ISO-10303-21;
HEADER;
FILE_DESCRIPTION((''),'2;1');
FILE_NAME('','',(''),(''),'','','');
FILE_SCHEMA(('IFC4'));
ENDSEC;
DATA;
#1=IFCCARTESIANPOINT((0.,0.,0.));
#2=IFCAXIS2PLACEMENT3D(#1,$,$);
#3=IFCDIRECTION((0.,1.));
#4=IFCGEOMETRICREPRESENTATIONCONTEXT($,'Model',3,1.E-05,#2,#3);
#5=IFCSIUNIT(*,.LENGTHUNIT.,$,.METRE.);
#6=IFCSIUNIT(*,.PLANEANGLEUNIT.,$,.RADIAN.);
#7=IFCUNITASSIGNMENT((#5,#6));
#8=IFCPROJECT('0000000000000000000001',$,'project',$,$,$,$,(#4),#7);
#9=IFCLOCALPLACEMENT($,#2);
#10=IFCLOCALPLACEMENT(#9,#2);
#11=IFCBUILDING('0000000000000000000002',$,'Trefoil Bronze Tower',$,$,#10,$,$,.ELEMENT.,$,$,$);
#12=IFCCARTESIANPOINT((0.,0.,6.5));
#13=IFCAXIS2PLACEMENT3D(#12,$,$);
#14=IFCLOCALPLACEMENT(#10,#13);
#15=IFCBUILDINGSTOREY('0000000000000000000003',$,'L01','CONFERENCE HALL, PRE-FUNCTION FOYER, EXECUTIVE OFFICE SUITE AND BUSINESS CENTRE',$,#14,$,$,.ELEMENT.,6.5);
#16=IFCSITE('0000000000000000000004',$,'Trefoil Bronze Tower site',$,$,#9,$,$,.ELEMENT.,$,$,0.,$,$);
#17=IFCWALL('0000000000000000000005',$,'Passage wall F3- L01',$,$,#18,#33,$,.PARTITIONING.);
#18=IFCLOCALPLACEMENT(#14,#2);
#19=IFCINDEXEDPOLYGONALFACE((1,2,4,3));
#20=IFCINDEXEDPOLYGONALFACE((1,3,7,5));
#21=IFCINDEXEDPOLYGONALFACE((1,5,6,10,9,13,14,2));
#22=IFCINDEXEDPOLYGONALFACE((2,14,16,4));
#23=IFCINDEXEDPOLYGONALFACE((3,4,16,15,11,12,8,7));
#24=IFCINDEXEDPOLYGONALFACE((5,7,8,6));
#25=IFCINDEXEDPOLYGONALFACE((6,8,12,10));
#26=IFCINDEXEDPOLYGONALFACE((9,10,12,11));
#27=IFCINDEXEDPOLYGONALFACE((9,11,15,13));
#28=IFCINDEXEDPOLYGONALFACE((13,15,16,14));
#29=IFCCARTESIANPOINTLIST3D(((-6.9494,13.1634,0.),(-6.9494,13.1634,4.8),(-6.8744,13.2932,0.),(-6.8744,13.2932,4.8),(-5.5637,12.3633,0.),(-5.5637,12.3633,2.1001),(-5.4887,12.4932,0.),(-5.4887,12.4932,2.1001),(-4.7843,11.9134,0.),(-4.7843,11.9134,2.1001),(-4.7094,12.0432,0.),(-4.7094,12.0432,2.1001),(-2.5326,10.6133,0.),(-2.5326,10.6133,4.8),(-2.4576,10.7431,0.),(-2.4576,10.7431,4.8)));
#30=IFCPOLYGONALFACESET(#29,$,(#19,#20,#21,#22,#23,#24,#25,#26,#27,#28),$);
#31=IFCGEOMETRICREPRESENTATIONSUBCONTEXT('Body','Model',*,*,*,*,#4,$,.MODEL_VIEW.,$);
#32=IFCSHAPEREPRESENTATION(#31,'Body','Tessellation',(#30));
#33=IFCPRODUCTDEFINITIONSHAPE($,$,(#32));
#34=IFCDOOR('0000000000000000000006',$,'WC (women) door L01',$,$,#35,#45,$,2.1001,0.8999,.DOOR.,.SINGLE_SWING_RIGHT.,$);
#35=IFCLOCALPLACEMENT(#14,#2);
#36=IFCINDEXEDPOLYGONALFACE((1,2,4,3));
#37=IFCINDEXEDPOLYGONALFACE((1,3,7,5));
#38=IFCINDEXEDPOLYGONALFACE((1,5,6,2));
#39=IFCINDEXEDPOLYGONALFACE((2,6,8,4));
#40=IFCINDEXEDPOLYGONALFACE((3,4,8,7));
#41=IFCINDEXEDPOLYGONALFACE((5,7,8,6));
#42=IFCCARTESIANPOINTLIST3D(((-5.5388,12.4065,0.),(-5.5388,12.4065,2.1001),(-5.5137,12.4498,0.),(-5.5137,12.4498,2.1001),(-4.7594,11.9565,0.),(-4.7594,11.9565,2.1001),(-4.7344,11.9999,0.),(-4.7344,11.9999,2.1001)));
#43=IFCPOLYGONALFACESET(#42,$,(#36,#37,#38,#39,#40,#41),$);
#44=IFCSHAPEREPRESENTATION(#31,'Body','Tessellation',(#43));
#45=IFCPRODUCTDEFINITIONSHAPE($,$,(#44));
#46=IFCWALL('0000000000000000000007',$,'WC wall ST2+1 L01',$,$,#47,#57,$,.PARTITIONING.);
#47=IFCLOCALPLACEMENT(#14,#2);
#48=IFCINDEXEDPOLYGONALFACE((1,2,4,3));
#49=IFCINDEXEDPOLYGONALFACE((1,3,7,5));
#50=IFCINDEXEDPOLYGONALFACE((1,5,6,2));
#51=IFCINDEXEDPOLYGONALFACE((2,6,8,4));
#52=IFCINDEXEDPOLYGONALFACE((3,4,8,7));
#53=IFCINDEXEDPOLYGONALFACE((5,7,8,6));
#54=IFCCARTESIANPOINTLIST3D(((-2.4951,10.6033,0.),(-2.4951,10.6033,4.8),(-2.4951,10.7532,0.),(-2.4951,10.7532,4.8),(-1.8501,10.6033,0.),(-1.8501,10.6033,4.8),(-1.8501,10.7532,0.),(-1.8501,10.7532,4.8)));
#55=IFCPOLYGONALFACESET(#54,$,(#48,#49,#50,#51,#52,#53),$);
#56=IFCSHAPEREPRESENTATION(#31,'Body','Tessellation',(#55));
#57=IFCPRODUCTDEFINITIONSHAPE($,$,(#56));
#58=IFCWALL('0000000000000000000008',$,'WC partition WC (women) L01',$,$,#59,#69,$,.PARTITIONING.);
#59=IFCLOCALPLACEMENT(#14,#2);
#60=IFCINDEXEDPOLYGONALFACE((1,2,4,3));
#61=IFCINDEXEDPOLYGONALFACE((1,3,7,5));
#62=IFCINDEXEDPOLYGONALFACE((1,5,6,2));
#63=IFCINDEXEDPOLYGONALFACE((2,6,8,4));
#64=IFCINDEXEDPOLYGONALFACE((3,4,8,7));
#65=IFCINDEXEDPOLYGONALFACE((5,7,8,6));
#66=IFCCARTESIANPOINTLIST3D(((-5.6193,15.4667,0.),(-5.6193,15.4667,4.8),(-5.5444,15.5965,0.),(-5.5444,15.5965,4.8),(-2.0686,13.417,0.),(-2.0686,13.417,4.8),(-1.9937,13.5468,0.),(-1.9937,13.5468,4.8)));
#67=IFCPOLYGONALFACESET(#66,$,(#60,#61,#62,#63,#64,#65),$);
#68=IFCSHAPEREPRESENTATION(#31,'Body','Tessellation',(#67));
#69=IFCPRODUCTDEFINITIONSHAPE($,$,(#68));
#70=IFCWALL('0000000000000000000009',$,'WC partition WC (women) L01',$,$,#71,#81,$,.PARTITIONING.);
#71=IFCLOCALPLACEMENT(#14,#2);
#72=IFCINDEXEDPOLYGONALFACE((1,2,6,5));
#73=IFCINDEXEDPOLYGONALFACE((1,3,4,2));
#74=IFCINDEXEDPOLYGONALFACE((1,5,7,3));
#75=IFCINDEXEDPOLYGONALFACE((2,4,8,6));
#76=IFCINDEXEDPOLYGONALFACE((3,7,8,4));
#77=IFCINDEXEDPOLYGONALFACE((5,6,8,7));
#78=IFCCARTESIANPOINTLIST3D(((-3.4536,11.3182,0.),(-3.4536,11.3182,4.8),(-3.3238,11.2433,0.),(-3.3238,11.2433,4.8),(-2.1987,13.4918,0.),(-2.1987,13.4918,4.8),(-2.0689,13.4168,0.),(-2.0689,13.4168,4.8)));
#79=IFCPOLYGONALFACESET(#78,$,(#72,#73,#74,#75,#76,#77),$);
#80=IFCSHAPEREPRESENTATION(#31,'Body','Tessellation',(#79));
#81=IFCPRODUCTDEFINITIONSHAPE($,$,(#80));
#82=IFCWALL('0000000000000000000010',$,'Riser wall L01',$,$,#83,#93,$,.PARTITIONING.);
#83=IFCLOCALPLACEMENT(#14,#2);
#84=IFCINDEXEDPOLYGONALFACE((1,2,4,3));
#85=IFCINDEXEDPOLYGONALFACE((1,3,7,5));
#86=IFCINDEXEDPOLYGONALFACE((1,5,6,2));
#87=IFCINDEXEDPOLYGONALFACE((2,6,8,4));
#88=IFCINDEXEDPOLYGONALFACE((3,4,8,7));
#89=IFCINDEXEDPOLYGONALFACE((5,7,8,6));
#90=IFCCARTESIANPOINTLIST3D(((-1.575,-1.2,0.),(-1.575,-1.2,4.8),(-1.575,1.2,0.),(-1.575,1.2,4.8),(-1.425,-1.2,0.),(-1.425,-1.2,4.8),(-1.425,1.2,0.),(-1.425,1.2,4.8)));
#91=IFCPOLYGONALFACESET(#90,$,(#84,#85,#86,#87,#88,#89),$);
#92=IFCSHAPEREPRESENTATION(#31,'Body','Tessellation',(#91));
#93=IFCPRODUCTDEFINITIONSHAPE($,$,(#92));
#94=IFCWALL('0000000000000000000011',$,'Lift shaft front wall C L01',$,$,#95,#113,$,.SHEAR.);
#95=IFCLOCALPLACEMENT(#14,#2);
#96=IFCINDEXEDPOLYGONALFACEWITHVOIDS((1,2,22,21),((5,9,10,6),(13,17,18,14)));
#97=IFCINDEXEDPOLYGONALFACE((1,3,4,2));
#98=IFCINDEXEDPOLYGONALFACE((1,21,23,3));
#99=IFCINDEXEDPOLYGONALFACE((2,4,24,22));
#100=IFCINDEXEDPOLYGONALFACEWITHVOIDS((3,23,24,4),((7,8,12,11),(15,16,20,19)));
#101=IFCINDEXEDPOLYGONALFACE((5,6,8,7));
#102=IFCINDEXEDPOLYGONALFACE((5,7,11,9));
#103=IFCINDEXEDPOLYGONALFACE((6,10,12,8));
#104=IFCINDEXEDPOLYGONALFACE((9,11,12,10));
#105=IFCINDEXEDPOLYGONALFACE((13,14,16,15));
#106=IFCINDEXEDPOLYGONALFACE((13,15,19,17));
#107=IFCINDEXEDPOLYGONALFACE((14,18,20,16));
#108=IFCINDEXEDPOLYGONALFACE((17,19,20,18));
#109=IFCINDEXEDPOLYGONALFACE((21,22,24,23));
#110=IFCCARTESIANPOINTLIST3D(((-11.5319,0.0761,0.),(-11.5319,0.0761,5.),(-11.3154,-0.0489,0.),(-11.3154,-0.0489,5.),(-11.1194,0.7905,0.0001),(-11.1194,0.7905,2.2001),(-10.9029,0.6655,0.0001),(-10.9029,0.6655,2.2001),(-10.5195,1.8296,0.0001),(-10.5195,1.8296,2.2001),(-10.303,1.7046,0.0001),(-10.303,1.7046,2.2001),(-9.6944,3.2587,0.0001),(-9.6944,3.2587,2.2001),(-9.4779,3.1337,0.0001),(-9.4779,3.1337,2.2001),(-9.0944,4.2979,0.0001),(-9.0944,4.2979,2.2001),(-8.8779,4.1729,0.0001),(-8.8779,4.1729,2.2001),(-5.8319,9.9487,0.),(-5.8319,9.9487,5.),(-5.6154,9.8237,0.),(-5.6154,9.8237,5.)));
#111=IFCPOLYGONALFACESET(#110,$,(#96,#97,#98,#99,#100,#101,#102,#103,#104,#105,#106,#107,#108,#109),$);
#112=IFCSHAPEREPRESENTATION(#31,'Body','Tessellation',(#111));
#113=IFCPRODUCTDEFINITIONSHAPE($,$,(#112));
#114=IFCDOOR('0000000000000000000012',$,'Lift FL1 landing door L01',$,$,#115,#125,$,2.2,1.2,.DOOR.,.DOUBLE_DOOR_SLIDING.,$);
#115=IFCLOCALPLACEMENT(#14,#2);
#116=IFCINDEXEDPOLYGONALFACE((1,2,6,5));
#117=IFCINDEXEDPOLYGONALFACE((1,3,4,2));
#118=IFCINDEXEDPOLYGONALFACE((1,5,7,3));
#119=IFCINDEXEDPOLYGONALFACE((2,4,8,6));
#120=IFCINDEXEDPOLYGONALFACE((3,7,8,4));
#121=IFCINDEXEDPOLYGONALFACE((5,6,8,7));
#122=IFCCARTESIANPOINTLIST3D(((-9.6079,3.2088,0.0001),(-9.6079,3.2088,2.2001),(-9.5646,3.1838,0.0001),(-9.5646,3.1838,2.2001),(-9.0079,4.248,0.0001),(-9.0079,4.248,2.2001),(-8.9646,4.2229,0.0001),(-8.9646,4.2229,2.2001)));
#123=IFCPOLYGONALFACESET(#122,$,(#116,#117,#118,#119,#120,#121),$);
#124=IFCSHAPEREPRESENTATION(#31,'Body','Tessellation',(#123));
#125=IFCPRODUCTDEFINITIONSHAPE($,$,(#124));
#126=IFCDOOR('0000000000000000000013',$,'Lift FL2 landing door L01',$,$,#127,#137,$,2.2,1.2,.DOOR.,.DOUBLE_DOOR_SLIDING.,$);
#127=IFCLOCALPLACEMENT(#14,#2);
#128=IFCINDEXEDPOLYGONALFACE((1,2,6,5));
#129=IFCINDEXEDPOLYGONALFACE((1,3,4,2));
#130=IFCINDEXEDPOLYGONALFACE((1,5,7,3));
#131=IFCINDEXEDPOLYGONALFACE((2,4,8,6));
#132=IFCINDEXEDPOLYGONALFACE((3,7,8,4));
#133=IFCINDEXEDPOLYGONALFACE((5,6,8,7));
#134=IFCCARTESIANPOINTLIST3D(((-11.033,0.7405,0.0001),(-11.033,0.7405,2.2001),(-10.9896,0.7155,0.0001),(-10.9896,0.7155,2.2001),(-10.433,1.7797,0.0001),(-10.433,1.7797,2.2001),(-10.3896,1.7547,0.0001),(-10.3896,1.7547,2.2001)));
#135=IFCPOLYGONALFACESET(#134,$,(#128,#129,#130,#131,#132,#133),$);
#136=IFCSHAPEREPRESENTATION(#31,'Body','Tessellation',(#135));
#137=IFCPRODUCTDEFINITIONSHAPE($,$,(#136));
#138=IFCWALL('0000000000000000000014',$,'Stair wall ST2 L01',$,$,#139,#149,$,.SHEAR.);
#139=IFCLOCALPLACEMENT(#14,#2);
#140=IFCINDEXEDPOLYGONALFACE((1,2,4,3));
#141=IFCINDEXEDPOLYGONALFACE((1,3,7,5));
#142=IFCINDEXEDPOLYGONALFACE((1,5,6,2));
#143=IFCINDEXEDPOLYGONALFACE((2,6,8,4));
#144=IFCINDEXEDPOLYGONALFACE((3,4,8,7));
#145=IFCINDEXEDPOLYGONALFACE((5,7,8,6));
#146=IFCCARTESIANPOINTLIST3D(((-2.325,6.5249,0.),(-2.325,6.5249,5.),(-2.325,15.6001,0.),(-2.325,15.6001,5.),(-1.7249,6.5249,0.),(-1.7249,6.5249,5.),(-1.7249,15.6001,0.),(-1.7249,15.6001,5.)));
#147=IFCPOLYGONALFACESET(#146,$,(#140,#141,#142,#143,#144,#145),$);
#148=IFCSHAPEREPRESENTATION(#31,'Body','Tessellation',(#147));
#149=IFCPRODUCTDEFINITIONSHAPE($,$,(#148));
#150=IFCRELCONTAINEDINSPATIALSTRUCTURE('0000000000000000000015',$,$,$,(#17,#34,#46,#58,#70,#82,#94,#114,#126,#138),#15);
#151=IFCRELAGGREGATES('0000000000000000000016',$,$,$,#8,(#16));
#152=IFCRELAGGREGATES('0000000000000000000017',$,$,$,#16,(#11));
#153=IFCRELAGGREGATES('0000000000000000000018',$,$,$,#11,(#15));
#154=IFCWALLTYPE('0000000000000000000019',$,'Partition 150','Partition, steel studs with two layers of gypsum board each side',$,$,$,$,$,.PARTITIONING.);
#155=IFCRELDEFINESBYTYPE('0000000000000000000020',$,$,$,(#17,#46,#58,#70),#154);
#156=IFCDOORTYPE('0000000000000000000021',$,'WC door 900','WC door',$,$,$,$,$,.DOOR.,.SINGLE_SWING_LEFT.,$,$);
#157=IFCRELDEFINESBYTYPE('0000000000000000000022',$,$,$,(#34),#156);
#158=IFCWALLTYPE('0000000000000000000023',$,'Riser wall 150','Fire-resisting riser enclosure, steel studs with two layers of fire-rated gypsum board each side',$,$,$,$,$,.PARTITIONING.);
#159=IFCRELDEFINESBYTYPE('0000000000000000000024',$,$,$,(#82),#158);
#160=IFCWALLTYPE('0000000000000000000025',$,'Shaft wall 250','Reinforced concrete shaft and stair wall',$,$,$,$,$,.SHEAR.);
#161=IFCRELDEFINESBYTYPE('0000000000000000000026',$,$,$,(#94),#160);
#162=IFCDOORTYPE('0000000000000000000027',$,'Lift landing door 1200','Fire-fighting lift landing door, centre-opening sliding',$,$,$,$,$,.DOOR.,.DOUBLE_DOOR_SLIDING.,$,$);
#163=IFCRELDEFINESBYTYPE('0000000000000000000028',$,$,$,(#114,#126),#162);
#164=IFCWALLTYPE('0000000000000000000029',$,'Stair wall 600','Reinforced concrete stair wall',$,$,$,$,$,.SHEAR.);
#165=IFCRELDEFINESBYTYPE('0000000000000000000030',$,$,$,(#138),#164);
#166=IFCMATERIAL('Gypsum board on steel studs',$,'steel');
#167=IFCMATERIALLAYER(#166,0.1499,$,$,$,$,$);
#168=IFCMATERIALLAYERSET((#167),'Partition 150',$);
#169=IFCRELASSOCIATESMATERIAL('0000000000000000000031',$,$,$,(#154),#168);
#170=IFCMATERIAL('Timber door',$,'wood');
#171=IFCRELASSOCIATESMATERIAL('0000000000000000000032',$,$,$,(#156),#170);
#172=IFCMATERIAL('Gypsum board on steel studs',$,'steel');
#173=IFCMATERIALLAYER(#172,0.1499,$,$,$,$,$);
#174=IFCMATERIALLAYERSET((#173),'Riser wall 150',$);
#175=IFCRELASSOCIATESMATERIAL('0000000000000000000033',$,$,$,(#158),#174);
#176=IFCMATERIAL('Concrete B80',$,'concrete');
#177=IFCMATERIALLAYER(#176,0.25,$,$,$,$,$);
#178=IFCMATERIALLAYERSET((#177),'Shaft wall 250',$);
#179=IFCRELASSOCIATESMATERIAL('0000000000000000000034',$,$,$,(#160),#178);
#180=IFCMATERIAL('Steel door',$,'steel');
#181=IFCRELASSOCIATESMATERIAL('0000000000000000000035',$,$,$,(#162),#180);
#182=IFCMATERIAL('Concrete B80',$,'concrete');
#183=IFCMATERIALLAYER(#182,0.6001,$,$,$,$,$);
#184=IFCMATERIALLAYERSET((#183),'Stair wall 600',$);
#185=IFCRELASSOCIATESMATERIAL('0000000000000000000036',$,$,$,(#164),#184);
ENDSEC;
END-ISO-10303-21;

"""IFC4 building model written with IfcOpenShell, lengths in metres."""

from ifc_helpers import new_model, si_unit, direction, frame, frame_2d, origin, place, context, subcontext, project, spatial, rectangle, extrude, material, layer, layer_set, type_object, element, fill, save


model = new_model("IFC4")

# Units and contexts
model_context = context("Model", 3, precision=1e-05, world=origin(), true_north=direction((0.0, 1.0)))
body_context = subcontext(model_context, "Body", "Model", "MODEL_VIEW")
ifc_project = project(units=[si_unit("LENGTHUNIT", "METRE"), si_unit("PLANEANGLEUNIT", "RADIAN")], contexts=[model_context])

# Site, building, storey
site_placement = place(None, origin())
site = spatial("IfcSite", under=ifc_project, at=site_placement, Name="Trefoil Bronze Tower site", CompositionType="ELEMENT", RefElevation=0.0)
building_placement = place(site_placement, origin())
building = spatial("IfcBuilding", under=site, at=building_placement, Name="Trefoil Bronze Tower", CompositionType="ELEMENT")
storey_placement = place(building_placement, frame((0.0, 0.0, 6.5)))
storey = spatial("IfcBuildingStorey", under=building, at=storey_placement, Name="L01", Description="CONFERENCE HALL, PRE-FUNCTION FOYER, EXECUTIVE OFFICE SUITE AND BUSINESS CENTRE", CompositionType="ELEMENT", Elevation=6.5)

# Wall, opening, door
ifc_material_1 = material(Name="Gypsum board on steel studs", Category="steel")
ifc_layer_1 = layer(ifc_material_1, 0.1499)
ifc_layer_set_1 = layer_set([ifc_layer_1], Name="Partition 150")
wall_type_1 = type_object("IfcWallType", Name="Partition 150", Description="Partition, steel studs with two layers of gypsum board each side", PredefinedType="PARTITIONING", material=ifc_layer_set_1)
wall_1_placement = place(storey_placement, frame((-2.4951, 10.6782, 0.0), z_axis=(0.0, 0.0, 1.0), x_axis=(-0.866022, 0.500006, 0.0)))
wall_1 = element("IfcWall", 1, at=wall_1_placement, inside=storey, type_object=wall_type_1, Name="Passage wall F3- L01", PredefinedType="PARTITIONING", context=body_context, shape_type="SweptSolid", body=[
    extrude(rectangle(XDim=5.1001, YDim=0.1499, at=frame_2d((2.55, 0.0))), origin(), (0.0, 0.0, 1.0), 4.8),
])
opening_1_placement = place(wall_1_placement, frame((2.6001, 0.0, 0.0)))
opening_1 = element("IfcOpeningElement", 2, at=opening_1_placement, cuts=wall_1, PredefinedType="OPENING", context=body_context, shape_type="SweptSolid", body=[
    extrude(rectangle(XDim=0.8999, YDim=2.1001, at=frame_2d((0.45, 1.05))), frame((0.0, 0.085, 0.0), z_axis=(0.0, -1.0, 0.0), x_axis=(1.0, 0.0, 0.0)), (0.0, 0.0, 1.0), 0.1699),
])
ifc_material_2 = material(Name="Timber door", Category="wood")
door_type_1 = type_object("IfcDoorType", Name="WC door 900", Description="WC door", OperationType="SINGLE_SWING_LEFT", PredefinedType="DOOR", material=ifc_material_2)
door_1_placement = place(opening_1_placement, frame((0.8999, 0.0, 0.0), z_axis=(0.0, 0.0, 1.0), x_axis=(-1.0, 0.0, 0.0)))
door_1 = element("IfcDoor", 3, at=door_1_placement, inside=storey, type_object=door_type_1, Name="WC (women) door L01", OperationType="SINGLE_SWING_RIGHT", OverallHeight=2.1001, OverallWidth=0.8999, PredefinedType="DOOR", context=body_context, shape_type="SweptSolid", body=[
    extrude(rectangle(XDim=0.8999, YDim=2.1001, at=frame_2d((0.45, 1.05))), frame((0.0, 0.0249, 0.0), z_axis=(0.0, -1.0, 0.0), x_axis=(1.0, 0.0, 0.0)), (0.0, 0.0, 1.0), 0.05),
])
fill(opening_1, door_1)

# Walls
wall_2_placement = place(storey_placement, frame((-2.4951, 10.6782, 0.0), z_axis=(0.0, 0.0, 1.0), x_axis=(1.0, 0.0, 0.0)))
element("IfcWall", 4, at=wall_2_placement, inside=storey, type_object=wall_type_1, Name="WC wall ST2+1 L01", PredefinedType="PARTITIONING", context=body_context, shape_type="SweptSolid", body=[
    extrude(rectangle(XDim=0.645, YDim=0.1499, at=frame_2d((0.3225, 0.0))), origin(), (0.0, 0.0, 1.0), 4.8),
])
wall_3_placement = place(storey_placement, frame((-2.0312, 13.4819, 0.0), z_axis=(0.0, 0.0, 1.0), x_axis=(-0.866051, 0.499956, 0.0)))
element("IfcWall", 5, at=wall_3_placement, inside=storey, type_object=wall_type_1, Name="WC partition WC (women) L01", PredefinedType="PARTITIONING", context=body_context, shape_type="SweptSolid", body=[
    extrude(rectangle(XDim=4.0999, YDim=0.1499, at=frame_2d((2.0498, 0.0))), origin(), (0.0, 0.0, 1.0), 4.8),
])
wall_4_placement = place(storey_placement, frame((-3.3887, 11.2808, 0.0), z_axis=(0.0, 0.0, 1.0), x_axis=(0.499989, 0.866032, 0.0)))
element("IfcWall", 6, at=wall_4_placement, inside=storey, type_object=wall_type_1, Name="WC partition WC (women) L01", PredefinedType="PARTITIONING", context=body_context, shape_type="SweptSolid", body=[
    extrude(rectangle(XDim=2.5098, YDim=0.1499, at=frame_2d((1.2549, 0.0))), origin(), (0.0, 0.0, 1.0), 4.8),
])
ifc_material_3 = material(Name="Gypsum board on steel studs", Category="steel")
ifc_layer_2 = layer(ifc_material_3, 0.1499)
ifc_layer_set_2 = layer_set([ifc_layer_2], Name="Riser wall 150")
wall_type_2 = type_object("IfcWallType", Name="Riser wall 150", Description="Fire-resisting riser enclosure, steel studs with two layers of fire-rated gypsum board each side", PredefinedType="PARTITIONING", material=ifc_layer_set_2)
wall_5_placement = place(storey_placement, frame((-1.5, 1.2, 0.0), z_axis=(0.0, 0.0, 1.0), x_axis=(0.0, -1.0, 0.0)))
element("IfcWall", 7, at=wall_5_placement, inside=storey, type_object=wall_type_2, Name="Riser wall L01", PredefinedType="PARTITIONING", context=body_context, shape_type="SweptSolid", body=[
    extrude(rectangle(XDim=2.3999, YDim=0.1499, at=frame_2d((1.2, 0.0))), origin(), (0.0, 0.0, 1.0), 4.8),
])

# Wall, openings, doors
ifc_material_4 = material(Name="Concrete B80", Category="concrete")
ifc_layer_3 = layer(ifc_material_4, 0.25)
ifc_layer_set_3 = layer_set([ifc_layer_3], Name="Shaft wall 250")
wall_type_3 = type_object("IfcWallType", Name="Shaft wall 250", Description="Reinforced concrete shaft and stair wall", PredefinedType="SHEAR", material=ifc_layer_set_3)
wall_6_placement = place(storey_placement, frame((-5.7236, 9.8862, 0.0), z_axis=(0.0, 0.0, 1.0), x_axis=(-0.500002, -0.866024, 0.0)))
wall_6 = element("IfcWall", 8, at=wall_6_placement, inside=storey, type_object=wall_type_3, Name="Lift shaft front wall C L01", PredefinedType="SHEAR", context=body_context, shape_type="SweptSolid", body=[
    extrude(rectangle(XDim=11.3999, YDim=0.25, at=frame_2d((5.7, 0.0))), origin(), (0.0, 0.0, 1.0), 5.0),
])
opening_2_placement = place(wall_6_placement, frame((6.5249, 0.0, 0.0)))
opening_2 = element("IfcOpeningElement", 9, at=opening_2_placement, cuts=wall_6, PredefinedType="OPENING", context=body_context, shape_type="SweptSolid", body=[
    extrude(rectangle(XDim=1.2, YDim=2.2, at=frame_2d((0.6001, 1.1001))), frame((0.0, 0.135, 0.0), z_axis=(0.0, -1.0, 0.0), x_axis=(1.0, 0.0, 0.0)), (0.0, 0.0, 1.0), 0.27),
])
opening_3_placement = place(wall_6_placement, frame((9.375, 0.0, 0.0)))
opening_3 = element("IfcOpeningElement", 10, at=opening_3_placement, cuts=wall_6, PredefinedType="OPENING", context=body_context, shape_type="SweptSolid", body=[
    extrude(rectangle(XDim=1.2, YDim=2.2, at=frame_2d((0.6001, 1.1001))), frame((0.0, 0.135, 0.0), z_axis=(0.0, -1.0, 0.0), x_axis=(1.0, 0.0, 0.0)), (0.0, 0.0, 1.0), 0.27),
])
ifc_material_5 = material(Name="Steel door", Category="steel")
door_type_2 = type_object("IfcDoorType", Name="Lift landing door 1200", Description="Fire-fighting lift landing door, centre-opening sliding", OperationType="DOUBLE_DOOR_SLIDING", PredefinedType="DOOR", material=ifc_material_5)
door_2_placement = place(opening_2_placement, origin())
door_2 = element("IfcDoor", 11, at=door_2_placement, inside=storey, type_object=door_type_2, Name="Lift FL1 landing door L01", OperationType="DOUBLE_DOOR_SLIDING", OverallHeight=2.2, OverallWidth=1.2, PredefinedType="DOOR", context=body_context, shape_type="SweptSolid", body=[
    extrude(rectangle(XDim=1.2, YDim=2.2, at=frame_2d((0.6001, 1.1001))), frame((0.0, 0.0249, 0.0), z_axis=(0.0, -1.0, 0.0), x_axis=(1.0, 0.0, 0.0)), (0.0, 0.0, 1.0), 0.05),
])
fill(opening_2, door_2)
door_3_placement = place(opening_3_placement, origin())
door_3 = element("IfcDoor", 12, at=door_3_placement, inside=storey, type_object=door_type_2, Name="Lift FL2 landing door L01", OperationType="DOUBLE_DOOR_SLIDING", OverallHeight=2.2, OverallWidth=1.2, PredefinedType="DOOR", context=body_context, shape_type="SweptSolid", body=[
    extrude(rectangle(XDim=1.2, YDim=2.2, at=frame_2d((0.6001, 1.1001))), frame((0.0, 0.0249, 0.0), z_axis=(0.0, -1.0, 0.0), x_axis=(1.0, 0.0, 0.0)), (0.0, 0.0, 1.0), 0.05),
])
fill(opening_3, door_3)

# Wall
ifc_material_6 = material(Name="Concrete B80", Category="concrete")
ifc_layer_4 = layer(ifc_material_6, 0.6001)
ifc_layer_set_4 = layer_set([ifc_layer_4], Name="Stair wall 600")
wall_type_4 = type_object("IfcWallType", Name="Stair wall 600", Description="Reinforced concrete stair wall", PredefinedType="SHEAR", material=ifc_layer_set_4)
wall_7_placement = place(storey_placement, frame((-2.0249, 6.5249, 0.0), z_axis=(0.0, 0.0, 1.0), x_axis=(0.0, 1.0, 0.0)))
element("IfcWall", 13, at=wall_7_placement, inside=storey, type_object=wall_type_4, Name="Stair wall ST2 L01", PredefinedType="SHEAR", context=body_context, shape_type="SweptSolid", body=[
    extrude(rectangle(XDim=9.0752, YDim=0.6001, at=frame_2d((4.5376, 0.0))), origin(), (0.0, 0.0, 1.0), 5.0),
])

save(model, "model.ifc")
